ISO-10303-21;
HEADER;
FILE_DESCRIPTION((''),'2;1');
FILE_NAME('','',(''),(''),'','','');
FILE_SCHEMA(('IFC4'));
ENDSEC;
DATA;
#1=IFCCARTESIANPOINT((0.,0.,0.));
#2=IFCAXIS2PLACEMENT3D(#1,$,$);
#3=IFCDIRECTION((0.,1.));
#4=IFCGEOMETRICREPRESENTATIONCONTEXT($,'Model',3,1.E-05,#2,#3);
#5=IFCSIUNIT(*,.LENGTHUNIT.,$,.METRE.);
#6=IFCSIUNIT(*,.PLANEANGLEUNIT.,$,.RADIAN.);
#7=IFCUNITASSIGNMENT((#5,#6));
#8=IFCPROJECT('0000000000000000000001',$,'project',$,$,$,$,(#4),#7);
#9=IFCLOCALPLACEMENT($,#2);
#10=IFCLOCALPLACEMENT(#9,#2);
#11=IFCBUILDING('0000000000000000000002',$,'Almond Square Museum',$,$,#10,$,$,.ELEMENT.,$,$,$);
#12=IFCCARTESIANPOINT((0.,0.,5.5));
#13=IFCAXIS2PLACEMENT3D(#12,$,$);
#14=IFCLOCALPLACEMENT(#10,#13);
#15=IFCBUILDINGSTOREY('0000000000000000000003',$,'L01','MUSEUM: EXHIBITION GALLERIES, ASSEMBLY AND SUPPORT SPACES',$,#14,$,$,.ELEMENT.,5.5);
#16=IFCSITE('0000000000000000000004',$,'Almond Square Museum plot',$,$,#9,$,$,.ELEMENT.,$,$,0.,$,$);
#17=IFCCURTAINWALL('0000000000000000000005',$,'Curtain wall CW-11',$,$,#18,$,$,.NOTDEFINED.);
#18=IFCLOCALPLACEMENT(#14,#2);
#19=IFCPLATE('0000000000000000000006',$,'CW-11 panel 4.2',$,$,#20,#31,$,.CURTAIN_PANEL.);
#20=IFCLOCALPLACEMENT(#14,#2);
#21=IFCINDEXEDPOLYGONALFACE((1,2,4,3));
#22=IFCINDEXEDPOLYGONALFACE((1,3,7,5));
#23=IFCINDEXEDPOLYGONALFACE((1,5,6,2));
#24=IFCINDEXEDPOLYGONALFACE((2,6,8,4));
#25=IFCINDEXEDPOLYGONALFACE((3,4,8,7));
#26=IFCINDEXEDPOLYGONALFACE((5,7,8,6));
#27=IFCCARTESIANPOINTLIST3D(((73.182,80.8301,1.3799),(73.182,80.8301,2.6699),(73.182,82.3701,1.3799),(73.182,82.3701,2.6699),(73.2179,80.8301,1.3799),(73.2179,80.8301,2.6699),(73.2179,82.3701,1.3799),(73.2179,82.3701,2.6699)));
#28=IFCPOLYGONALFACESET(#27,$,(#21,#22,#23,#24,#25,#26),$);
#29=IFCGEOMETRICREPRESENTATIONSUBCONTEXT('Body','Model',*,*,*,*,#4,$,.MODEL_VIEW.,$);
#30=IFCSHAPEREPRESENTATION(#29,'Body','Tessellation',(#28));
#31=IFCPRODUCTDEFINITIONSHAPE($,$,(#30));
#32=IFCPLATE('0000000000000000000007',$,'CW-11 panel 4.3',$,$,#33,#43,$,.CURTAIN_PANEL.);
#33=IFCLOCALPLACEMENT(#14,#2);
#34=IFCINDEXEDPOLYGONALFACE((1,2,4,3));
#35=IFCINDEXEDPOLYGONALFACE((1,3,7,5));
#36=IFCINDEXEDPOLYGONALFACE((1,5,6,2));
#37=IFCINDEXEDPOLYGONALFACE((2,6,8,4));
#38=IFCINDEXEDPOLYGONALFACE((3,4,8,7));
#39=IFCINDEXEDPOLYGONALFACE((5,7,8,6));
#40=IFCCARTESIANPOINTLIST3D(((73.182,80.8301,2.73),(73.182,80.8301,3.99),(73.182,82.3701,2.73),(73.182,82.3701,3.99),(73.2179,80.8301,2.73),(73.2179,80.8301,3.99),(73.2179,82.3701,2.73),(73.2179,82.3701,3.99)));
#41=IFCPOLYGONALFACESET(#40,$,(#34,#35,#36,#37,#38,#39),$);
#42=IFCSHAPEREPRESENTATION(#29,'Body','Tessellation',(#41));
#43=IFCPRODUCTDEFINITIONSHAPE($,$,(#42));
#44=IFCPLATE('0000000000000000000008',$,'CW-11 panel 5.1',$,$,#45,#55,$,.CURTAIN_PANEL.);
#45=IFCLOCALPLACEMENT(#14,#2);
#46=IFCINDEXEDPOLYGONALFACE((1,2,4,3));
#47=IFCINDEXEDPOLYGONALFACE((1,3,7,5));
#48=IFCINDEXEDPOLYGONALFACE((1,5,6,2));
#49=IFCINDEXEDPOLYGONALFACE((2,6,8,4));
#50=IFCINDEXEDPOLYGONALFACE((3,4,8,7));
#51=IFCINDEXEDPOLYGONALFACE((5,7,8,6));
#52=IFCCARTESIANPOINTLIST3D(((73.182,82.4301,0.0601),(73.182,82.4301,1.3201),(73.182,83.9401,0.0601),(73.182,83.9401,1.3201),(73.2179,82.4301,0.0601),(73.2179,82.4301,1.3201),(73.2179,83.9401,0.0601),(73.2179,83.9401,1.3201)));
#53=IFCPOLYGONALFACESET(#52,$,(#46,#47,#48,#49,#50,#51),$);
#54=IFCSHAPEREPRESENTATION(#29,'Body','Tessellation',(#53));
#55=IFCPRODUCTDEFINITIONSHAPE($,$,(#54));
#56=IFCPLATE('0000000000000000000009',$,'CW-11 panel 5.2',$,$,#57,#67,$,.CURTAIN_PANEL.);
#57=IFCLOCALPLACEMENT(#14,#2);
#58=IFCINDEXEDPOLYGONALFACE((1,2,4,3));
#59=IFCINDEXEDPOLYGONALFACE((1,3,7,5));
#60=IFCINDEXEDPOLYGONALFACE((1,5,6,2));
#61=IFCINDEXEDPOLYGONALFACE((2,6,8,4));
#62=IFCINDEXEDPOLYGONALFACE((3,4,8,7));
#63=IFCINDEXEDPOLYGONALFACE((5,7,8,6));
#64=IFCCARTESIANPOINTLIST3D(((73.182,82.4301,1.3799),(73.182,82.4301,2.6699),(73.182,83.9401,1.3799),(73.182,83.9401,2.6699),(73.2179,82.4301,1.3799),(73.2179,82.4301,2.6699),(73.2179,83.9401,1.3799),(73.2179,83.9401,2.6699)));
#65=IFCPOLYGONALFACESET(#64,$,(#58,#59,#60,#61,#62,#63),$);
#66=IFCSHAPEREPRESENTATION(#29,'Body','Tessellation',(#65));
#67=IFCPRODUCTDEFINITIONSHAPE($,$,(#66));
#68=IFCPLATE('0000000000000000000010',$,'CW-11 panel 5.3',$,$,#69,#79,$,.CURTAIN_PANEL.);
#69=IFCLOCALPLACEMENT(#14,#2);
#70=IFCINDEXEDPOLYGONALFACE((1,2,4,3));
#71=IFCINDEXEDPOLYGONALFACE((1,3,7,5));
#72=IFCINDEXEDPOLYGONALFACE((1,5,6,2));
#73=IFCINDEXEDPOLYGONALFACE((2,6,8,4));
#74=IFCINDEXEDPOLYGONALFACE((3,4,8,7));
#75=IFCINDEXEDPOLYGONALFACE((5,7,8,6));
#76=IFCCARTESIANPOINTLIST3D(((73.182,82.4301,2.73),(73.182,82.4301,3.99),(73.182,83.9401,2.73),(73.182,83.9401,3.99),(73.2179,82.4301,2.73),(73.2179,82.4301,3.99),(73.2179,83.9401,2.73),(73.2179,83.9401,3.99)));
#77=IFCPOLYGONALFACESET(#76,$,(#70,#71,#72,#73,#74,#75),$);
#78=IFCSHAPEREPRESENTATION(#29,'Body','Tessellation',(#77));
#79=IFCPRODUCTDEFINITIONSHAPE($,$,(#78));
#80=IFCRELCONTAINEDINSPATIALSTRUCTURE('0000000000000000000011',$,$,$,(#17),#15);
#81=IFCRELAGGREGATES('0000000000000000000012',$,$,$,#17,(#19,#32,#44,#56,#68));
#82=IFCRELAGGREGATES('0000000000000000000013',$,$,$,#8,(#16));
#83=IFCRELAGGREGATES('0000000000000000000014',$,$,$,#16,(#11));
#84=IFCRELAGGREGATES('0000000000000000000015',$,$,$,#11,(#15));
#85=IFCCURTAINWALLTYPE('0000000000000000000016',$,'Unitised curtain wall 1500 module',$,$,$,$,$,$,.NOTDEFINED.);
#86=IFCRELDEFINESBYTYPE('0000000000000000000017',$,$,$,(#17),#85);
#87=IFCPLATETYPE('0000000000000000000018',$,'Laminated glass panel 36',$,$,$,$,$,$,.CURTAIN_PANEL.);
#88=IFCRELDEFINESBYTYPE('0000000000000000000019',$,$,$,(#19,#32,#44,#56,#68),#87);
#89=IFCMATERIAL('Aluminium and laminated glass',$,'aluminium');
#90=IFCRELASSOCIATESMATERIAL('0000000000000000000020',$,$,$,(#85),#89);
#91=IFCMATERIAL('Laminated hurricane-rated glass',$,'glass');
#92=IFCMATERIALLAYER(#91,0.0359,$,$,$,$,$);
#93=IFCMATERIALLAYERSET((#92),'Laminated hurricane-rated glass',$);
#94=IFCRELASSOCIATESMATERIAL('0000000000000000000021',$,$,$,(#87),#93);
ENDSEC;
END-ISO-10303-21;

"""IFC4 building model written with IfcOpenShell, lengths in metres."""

from ifc_helpers import new_model, si_unit, direction, frame, origin, origin_2d, place, context, subcontext, project, spatial, rectangle, extrude, material, layer, layer_set, type_object, element, aggregate, save


model = new_model("IFC4")

# Units and contexts
model_context = context("Model", 3, precision=1e-05, world=origin(), true_north=direction((0.0, 1.0)))
body_context = subcontext(model_context, "Body", "Model", "MODEL_VIEW")
ifc_project = project(units=[si_unit("LENGTHUNIT", "METRE"), si_unit("PLANEANGLEUNIT", "RADIAN")], contexts=[model_context])

# Site, building, storey
site_placement = place(None, origin())
site = spatial("IfcSite", under=ifc_project, at=site_placement, Name="Almond Square Museum plot", CompositionType="ELEMENT", RefElevation=0.0)
building_placement = place(site_placement, origin())
building = spatial("IfcBuilding", under=site, at=building_placement, Name="Almond Square Museum", CompositionType="ELEMENT")
storey_placement = place(building_placement, frame((0.0, 0.0, 5.5)))
storey = spatial("IfcBuildingStorey", under=building, at=storey_placement, Name="L01", Description="MUSEUM: EXHIBITION GALLERIES, ASSEMBLY AND SUPPORT SPACES", CompositionType="ELEMENT", Elevation=5.5)

# Curtain wall
ifc_material_1 = material(Name="Aluminium and laminated glass", Category="aluminium")
curtain_wall_type = type_object("IfcCurtainWallType", Name="Unitised curtain wall 1500 module", PredefinedType="NOTDEFINED", material=ifc_material_1)
curtain_wall_placement = place(storey_placement, origin())
curtain_wall = element("IfcCurtainWall", 1, at=curtain_wall_placement, inside=storey, type_object=curtain_wall_type, Name="Curtain wall CW-11", PredefinedType="NOTDEFINED")

# Plates
ifc_material_2 = material(Name="Laminated hurricane-rated glass", Category="glass")
ifc_layer = layer(ifc_material_2, 0.0359)
ifc_layer_set = layer_set([ifc_layer], Name="Laminated hurricane-rated glass")
plate_type = type_object("IfcPlateType", Name="Laminated glass panel 36", PredefinedType="CURTAIN_PANEL", material=ifc_layer_set)
plate_1_placement = place(storey_placement, frame((73.2, 81.6001, 1.3799), z_axis=(0.0, 0.0, 1.0), x_axis=(0.0, 1.0, 0.0)))
plate_1 = element("IfcPlate", 2, at=plate_1_placement, type_object=plate_type, Name="CW-11 panel 4.2", PredefinedType="CURTAIN_PANEL", context=body_context, shape_type="SweptSolid", body=[
    extrude(rectangle(XDim=1.54, YDim=0.0359, at=origin_2d()), origin(), (0.0, 0.0, 1.0), 1.29),
])
plate_2_placement = place(storey_placement, frame((73.2, 81.6001, 2.73), z_axis=(0.0, 0.0, 1.0), x_axis=(0.0, 1.0, 0.0)))
plate_2 = element("IfcPlate", 3, at=plate_2_placement, type_object=plate_type, Name="CW-11 panel 4.3", PredefinedType="CURTAIN_PANEL", context=body_context, shape_type="SweptSolid", body=[
    extrude(rectangle(XDim=1.54, YDim=0.0359, at=origin_2d()), origin(), (0.0, 0.0, 1.0), 1.26),
])
plate_3_placement = place(storey_placement, frame((73.2, 83.1851, 0.0601), z_axis=(0.0, 0.0, 1.0), x_axis=(0.0, 1.0, 0.0)))
plate_3 = element("IfcPlate", 4, at=plate_3_placement, type_object=plate_type, Name="CW-11 panel 5.1", PredefinedType="CURTAIN_PANEL", context=body_context, shape_type="SweptSolid", body=[
    extrude(rectangle(XDim=1.51, YDim=0.0359, at=origin_2d()), origin(), (0.0, 0.0, 1.0), 1.26),
])
plate_4_placement = place(storey_placement, frame((73.2, 83.1851, 1.3799), z_axis=(0.0, 0.0, 1.0), x_axis=(0.0, 1.0, 0.0)))
plate_4 = element("IfcPlate", 5, at=plate_4_placement, type_object=plate_type, Name="CW-11 panel 5.2", PredefinedType="CURTAIN_PANEL", context=body_context, shape_type="SweptSolid", body=[
    extrude(rectangle(XDim=1.51, YDim=0.0359, at=origin_2d()), origin(), (0.0, 0.0, 1.0), 1.29),
])
plate_5_placement = place(storey_placement, frame((73.2, 83.1851, 2.73), z_axis=(0.0, 0.0, 1.0), x_axis=(0.0, 1.0, 0.0)))
plate_5 = element("IfcPlate", 6, at=plate_5_placement, type_object=plate_type, Name="CW-11 panel 5.3", PredefinedType="CURTAIN_PANEL", context=body_context, shape_type="SweptSolid", body=[
    extrude(rectangle(XDim=1.51, YDim=0.0359, at=origin_2d()), origin(), (0.0, 0.0, 1.0), 1.26),
])
aggregate(curtain_wall, [plate_1, plate_2, plate_3, plate_4, plate_5])

save(model, "model.ifc")
